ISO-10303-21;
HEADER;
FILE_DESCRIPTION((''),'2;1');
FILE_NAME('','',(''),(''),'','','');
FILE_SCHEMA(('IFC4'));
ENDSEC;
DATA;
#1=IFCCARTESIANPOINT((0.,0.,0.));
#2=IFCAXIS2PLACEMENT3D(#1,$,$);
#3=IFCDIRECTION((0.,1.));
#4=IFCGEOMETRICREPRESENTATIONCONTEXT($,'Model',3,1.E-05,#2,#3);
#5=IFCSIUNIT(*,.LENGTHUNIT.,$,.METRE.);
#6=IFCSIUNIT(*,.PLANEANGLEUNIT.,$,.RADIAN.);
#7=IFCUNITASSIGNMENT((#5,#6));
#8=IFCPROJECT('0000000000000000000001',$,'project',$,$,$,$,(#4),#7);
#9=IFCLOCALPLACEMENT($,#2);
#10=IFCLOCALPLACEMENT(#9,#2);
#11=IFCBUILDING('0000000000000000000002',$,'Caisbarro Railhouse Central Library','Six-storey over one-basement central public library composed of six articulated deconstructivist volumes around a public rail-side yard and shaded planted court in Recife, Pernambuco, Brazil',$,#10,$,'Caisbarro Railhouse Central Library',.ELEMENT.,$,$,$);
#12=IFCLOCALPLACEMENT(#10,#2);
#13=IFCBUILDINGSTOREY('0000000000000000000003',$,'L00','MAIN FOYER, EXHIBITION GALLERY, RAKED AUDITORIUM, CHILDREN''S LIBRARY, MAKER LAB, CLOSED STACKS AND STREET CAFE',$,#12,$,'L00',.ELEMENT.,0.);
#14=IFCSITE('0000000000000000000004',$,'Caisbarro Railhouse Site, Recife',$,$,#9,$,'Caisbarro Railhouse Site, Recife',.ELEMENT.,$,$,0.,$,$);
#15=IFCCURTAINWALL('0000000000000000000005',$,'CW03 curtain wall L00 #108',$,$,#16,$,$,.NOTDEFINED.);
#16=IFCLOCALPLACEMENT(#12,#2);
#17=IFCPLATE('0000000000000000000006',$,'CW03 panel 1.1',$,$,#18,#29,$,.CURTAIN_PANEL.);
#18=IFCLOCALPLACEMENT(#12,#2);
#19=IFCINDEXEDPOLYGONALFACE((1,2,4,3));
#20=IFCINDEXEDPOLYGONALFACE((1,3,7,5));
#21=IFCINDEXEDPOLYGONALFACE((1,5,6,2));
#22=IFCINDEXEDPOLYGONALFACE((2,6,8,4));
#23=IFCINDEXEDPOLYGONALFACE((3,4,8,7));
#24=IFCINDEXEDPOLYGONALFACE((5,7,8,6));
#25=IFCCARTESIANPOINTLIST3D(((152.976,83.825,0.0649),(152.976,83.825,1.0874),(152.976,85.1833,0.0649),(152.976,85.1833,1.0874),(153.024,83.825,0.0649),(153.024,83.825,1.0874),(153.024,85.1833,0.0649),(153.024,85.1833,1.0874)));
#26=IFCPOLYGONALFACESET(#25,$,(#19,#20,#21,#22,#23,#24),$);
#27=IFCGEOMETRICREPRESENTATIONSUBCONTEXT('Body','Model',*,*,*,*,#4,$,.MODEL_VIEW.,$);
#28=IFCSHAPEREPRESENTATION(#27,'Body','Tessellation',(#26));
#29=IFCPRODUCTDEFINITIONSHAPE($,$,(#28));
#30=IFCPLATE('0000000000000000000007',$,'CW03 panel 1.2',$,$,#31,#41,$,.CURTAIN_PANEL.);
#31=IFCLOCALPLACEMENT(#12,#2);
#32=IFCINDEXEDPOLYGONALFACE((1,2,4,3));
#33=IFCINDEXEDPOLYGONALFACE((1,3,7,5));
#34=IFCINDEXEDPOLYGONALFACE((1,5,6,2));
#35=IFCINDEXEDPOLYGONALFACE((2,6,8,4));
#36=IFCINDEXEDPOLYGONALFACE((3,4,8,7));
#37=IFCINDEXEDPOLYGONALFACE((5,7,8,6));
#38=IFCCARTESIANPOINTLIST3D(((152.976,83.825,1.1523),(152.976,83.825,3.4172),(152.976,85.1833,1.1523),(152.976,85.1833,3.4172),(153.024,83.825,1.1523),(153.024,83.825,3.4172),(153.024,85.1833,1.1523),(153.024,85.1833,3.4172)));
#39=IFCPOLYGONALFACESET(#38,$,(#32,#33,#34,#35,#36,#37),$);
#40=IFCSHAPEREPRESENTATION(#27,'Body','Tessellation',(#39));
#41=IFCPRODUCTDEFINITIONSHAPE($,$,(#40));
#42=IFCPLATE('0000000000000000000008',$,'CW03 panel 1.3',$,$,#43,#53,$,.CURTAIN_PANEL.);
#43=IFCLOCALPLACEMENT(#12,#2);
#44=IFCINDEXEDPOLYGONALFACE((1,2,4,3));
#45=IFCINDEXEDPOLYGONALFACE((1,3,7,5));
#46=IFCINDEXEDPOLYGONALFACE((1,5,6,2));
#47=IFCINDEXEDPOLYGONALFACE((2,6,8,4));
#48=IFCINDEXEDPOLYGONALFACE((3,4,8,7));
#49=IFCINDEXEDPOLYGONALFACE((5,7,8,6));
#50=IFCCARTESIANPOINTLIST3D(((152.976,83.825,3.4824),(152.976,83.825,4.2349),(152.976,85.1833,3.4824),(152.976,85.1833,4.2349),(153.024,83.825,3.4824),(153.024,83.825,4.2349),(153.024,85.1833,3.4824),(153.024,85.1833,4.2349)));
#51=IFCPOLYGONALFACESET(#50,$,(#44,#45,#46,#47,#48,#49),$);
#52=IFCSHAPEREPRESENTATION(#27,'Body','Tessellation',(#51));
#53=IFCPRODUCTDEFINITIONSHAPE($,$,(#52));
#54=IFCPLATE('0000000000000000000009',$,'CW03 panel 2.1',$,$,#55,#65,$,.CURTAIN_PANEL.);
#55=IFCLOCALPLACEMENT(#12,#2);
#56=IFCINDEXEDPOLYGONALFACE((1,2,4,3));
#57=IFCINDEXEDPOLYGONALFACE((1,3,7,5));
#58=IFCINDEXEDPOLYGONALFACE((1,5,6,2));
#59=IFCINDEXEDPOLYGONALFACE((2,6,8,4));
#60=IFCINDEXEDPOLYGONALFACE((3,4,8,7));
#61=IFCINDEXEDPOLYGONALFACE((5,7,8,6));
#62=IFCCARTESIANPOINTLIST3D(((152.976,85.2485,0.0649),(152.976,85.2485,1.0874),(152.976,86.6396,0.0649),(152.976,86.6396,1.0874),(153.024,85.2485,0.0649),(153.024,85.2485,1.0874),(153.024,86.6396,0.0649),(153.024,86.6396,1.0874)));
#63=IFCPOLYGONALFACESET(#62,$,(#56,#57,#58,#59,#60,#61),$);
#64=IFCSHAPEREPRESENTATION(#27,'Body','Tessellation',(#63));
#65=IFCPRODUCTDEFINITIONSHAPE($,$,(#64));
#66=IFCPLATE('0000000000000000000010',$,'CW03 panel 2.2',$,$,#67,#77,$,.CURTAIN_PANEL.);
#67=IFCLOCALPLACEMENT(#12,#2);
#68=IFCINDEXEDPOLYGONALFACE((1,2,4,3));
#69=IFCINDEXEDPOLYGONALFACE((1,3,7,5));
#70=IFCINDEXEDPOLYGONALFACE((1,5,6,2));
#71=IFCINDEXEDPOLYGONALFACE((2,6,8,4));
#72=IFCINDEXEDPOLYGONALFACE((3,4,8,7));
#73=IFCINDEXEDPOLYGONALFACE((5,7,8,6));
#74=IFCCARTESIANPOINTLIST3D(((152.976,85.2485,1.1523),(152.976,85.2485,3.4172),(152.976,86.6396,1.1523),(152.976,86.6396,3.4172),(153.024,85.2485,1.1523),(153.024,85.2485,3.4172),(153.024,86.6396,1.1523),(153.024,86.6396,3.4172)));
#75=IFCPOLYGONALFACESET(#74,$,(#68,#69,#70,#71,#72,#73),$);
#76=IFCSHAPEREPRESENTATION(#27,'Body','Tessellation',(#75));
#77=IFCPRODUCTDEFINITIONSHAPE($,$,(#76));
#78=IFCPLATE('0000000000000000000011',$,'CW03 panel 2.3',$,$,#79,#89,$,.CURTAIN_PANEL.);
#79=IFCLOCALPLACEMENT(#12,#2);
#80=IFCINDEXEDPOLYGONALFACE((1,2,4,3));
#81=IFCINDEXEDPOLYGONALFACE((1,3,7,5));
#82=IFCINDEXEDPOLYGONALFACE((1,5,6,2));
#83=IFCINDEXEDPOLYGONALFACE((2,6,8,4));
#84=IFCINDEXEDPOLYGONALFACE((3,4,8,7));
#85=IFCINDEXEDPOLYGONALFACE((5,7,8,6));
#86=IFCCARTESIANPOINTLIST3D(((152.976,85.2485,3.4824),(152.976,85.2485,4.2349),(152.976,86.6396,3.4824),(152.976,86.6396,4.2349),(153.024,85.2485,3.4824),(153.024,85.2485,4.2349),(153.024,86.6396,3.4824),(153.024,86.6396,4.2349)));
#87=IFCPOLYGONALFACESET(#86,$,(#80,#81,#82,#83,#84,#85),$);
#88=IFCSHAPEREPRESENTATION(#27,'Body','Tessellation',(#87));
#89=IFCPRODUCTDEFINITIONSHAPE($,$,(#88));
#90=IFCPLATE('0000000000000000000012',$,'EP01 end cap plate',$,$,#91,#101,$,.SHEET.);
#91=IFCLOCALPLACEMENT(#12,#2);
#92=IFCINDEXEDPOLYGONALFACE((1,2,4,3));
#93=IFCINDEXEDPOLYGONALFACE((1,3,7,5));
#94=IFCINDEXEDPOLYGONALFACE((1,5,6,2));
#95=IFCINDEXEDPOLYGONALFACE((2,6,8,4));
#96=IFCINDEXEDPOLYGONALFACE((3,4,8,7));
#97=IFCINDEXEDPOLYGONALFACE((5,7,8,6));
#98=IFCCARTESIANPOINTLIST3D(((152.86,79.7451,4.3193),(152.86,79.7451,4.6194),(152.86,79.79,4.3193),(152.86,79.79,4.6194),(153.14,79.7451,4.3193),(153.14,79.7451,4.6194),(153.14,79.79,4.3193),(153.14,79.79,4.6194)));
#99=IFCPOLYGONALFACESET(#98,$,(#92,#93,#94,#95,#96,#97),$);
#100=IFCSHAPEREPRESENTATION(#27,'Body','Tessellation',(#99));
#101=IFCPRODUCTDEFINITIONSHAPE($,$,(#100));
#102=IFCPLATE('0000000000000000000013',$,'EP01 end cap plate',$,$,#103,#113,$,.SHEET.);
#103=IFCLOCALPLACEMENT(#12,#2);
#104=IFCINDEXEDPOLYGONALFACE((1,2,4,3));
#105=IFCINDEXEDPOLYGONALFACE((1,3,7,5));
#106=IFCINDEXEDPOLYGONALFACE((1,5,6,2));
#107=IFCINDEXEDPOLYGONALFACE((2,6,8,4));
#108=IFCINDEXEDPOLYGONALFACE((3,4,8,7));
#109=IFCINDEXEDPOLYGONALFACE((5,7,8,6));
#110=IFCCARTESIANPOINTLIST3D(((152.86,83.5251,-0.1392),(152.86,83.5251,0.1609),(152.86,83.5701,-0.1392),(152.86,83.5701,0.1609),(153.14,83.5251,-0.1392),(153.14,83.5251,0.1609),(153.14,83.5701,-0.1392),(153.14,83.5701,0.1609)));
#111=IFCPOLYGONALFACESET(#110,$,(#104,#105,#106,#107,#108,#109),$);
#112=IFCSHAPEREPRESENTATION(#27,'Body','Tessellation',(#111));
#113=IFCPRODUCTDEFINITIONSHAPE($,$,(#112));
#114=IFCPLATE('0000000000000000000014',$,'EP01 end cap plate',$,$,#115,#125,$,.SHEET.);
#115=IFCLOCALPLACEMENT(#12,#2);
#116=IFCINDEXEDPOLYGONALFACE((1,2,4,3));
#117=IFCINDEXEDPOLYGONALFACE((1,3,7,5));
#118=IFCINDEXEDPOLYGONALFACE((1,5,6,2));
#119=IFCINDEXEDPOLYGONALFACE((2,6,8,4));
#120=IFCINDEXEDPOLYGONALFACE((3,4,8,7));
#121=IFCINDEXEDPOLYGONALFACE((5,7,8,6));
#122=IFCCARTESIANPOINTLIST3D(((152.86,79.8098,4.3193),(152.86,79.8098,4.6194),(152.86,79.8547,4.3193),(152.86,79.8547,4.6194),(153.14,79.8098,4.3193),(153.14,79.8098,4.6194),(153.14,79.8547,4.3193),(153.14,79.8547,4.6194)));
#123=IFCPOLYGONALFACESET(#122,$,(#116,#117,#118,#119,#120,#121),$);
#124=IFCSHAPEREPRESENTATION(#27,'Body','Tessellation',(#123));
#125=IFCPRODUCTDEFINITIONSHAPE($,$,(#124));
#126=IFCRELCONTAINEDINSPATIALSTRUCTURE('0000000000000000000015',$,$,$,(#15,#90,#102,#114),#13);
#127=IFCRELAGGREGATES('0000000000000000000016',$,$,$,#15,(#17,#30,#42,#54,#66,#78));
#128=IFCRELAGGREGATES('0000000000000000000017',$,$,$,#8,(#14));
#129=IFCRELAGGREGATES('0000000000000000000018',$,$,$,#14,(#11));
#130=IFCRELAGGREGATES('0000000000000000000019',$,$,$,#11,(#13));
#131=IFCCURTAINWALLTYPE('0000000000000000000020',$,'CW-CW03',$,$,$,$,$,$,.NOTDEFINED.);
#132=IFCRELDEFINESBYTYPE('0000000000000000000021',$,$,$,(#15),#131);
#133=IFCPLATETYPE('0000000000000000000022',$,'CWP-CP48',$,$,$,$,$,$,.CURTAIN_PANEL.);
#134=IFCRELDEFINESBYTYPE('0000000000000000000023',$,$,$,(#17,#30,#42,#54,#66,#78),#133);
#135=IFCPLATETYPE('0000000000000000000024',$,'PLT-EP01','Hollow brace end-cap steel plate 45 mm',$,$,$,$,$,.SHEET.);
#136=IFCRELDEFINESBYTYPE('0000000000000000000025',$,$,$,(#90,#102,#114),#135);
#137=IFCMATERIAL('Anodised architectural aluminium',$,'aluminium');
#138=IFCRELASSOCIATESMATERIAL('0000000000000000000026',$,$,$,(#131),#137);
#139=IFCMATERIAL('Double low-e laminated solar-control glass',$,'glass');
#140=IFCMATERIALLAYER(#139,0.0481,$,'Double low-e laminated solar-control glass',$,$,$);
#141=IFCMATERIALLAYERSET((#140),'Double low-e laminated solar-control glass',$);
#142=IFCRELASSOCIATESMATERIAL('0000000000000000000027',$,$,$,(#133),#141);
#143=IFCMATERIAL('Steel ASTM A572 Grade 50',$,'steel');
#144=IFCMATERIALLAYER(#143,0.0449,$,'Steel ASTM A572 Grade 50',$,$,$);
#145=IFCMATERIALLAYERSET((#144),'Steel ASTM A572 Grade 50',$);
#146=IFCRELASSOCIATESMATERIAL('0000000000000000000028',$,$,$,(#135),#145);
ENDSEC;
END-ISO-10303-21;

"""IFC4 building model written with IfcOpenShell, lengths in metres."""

from ifc_helpers import new_model, si_unit, direction, frame, origin, origin_2d, place, context, subcontext, project, spatial, rectangle, extrude, material, layer, layer_set, type_object, element, aggregate, save


model = new_model("IFC4")

# Units and contexts
model_context = context("Model", 3, precision=1e-05, world=origin(), true_north=direction((0.0, 1.0)))
body_context = subcontext(model_context, "Body", "Model", "MODEL_VIEW")
ifc_project = project(units=[si_unit("LENGTHUNIT", "METRE"), si_unit("PLANEANGLEUNIT", "RADIAN")], contexts=[model_context])

# Site, building, storey
site_placement = place(None, origin())
site = spatial("IfcSite", under=ifc_project, at=site_placement, Name="Caisbarro Railhouse Site, Recife", LongName="Caisbarro Railhouse Site, Recife", CompositionType="ELEMENT", RefElevation=0.0)
building_placement = place(site_placement, origin())
building = spatial("IfcBuilding", under=site, at=building_placement, Name="Caisbarro Railhouse Central Library", Description="Six-storey over one-basement central public library composed of six articulated deconstructivist volumes around a public rail-side yard and shaded planted court in Recife, Pernambuco, Brazil", LongName="Caisbarro Railhouse Central Library", CompositionType="ELEMENT")
storey_placement = place(building_placement, origin())
storey = spatial("IfcBuildingStorey", under=building, at=storey_placement, Name="L00", Description="MAIN FOYER, EXHIBITION GALLERY, RAKED AUDITORIUM, CHILDREN'S LIBRARY, MAKER LAB, CLOSED STACKS AND STREET CAFE", LongName="L00", CompositionType="ELEMENT", Elevation=0.0)

# Shared definitions
ifc_material_1 = material(Name="Steel ASTM A572 Grade 50", Category="steel")

# Curtain wall
ifc_material_2 = material(Name="Anodised architectural aluminium", Category="aluminium")
curtain_wall_type = type_object("IfcCurtainWallType", Name="CW-CW03", PredefinedType="NOTDEFINED", material=ifc_material_2)
curtain_wall_placement = place(storey_placement, origin())
curtain_wall = element("IfcCurtainWall", 1, at=curtain_wall_placement, inside=storey, type_object=curtain_wall_type, Name="CW03 curtain wall L00 #108", PredefinedType="NOTDEFINED")

# Plates
ifc_material_3 = material(Name="Double low-e laminated solar-control glass", Category="glass")
ifc_layer_1 = layer(ifc_material_3, 0.0481, Name="Double low-e laminated solar-control glass")
ifc_layer_set_1 = layer_set([ifc_layer_1], Name="Double low-e laminated solar-control glass")
plate_type_1 = type_object("IfcPlateType", Name="CWP-CP48", PredefinedType="CURTAIN_PANEL", material=ifc_layer_set_1)
plate_1_placement = place(storey_placement, frame((153.0, 84.5042, 0.0649), z_axis=(0.0, 0.0, 1.0), x_axis=(0.0, 1.0, 0.0)))
plate_1 = element("IfcPlate", 2, at=plate_1_placement, type_object=plate_type_1, Name="CW03 panel 1.1", PredefinedType="CURTAIN_PANEL", context=body_context, shape_type="SweptSolid", body=[
    extrude(rectangle(XDim=1.3584, YDim=0.0481, at=origin_2d()), origin(), (0.0, 0.0, 1.0), 1.0225),
])
plate_2_placement = place(storey_placement, frame((153.0, 84.5042, 1.1523), z_axis=(0.0, 0.0, 1.0), x_axis=(0.0, 1.0, 0.0)))
plate_2 = element("IfcPlate", 3, at=plate_2_placement, type_object=plate_type_1, Name="CW03 panel 1.2", PredefinedType="CURTAIN_PANEL", context=body_context, shape_type="SweptSolid", body=[
    extrude(rectangle(XDim=1.3584, YDim=0.0481, at=origin_2d()), origin(), (0.0, 0.0, 1.0), 2.2649),
])
plate_3_placement = place(storey_placement, frame((153.0, 84.5042, 3.4824), z_axis=(0.0, 0.0, 1.0), x_axis=(0.0, 1.0, 0.0)))
plate_3 = element("IfcPlate", 4, at=plate_3_placement, type_object=plate_type_1, Name="CW03 panel 1.3", PredefinedType="CURTAIN_PANEL", context=body_context, shape_type="SweptSolid", body=[
    extrude(rectangle(XDim=1.3584, YDim=0.0481, at=origin_2d()), origin(), (0.0, 0.0, 1.0), 0.7524),
])
plate_4_placement = place(storey_placement, frame((153.0, 85.9441, 0.0649), z_axis=(0.0, 0.0, 1.0), x_axis=(0.0, 1.0, 0.0)))
plate_4 = element("IfcPlate", 5, at=plate_4_placement, type_object=plate_type_1, Name="CW03 panel 2.1", PredefinedType="CURTAIN_PANEL", context=body_context, shape_type="SweptSolid", body=[
    extrude(rectangle(XDim=1.3911, YDim=0.0481, at=origin_2d()), origin(), (0.0, 0.0, 1.0), 1.0225),
])
plate_5_placement = place(storey_placement, frame((153.0, 85.9441, 1.1523), z_axis=(0.0, 0.0, 1.0), x_axis=(0.0, 1.0, 0.0)))
plate_5 = element("IfcPlate", 6, at=plate_5_placement, type_object=plate_type_1, Name="CW03 panel 2.2", PredefinedType="CURTAIN_PANEL", context=body_context, shape_type="SweptSolid", body=[
    extrude(rectangle(XDim=1.3911, YDim=0.0481, at=origin_2d()), origin(), (0.0, 0.0, 1.0), 2.2649),
])
plate_6_placement = place(storey_placement, frame((153.0, 85.9441, 3.4824), z_axis=(0.0, 0.0, 1.0), x_axis=(0.0, 1.0, 0.0)))
plate_6 = element("IfcPlate", 7, at=plate_6_placement, type_object=plate_type_1, Name="CW03 panel 2.3", PredefinedType="CURTAIN_PANEL", context=body_context, shape_type="SweptSolid", body=[
    extrude(rectangle(XDim=1.3911, YDim=0.0481, at=origin_2d()), origin(), (0.0, 0.0, 1.0), 0.7524),
])
aggregate(curtain_wall, [plate_1, plate_2, plate_3, plate_4, plate_5, plate_6])

# Plates
ifc_layer_2 = layer(ifc_material_1, 0.0449, Name="Steel ASTM A572 Grade 50")
ifc_layer_set_2 = layer_set([ifc_layer_2], Name="Steel ASTM A572 Grade 50")
plate_type_2 = type_object("IfcPlateType", Name="PLT-EP01", Description="Hollow brace end-cap steel plate 45 mm", PredefinedType="SHEET", material=ifc_layer_set_2)
for number, where, z_axis, x_axis, name in (
    (8, (153.0, 79.7676, 4.3193), (0.0, 0.0, 1.0), (0.0, 1.0, 0.0), "EP01 end cap plate"),
    (9, (153.0, 83.5476, -0.1392), (0.0, 0.0, 1.0), (0.0, -1.0, 0.0), "EP01 end cap plate"),
    (10, (153.0, 79.8323, 4.3193), (0.0, 0.0, 1.0), (0.0, -1.0, 0.0), "EP01 end cap plate"),
):
    element("IfcPlate", number, at=place(storey_placement, frame(where, z_axis=z_axis, x_axis=x_axis)), inside=storey, type_object=plate_type_2, Name=name, PredefinedType="SHEET", context=body_context, shape_type="SweptSolid", body=[
        extrude(rectangle(XDim=0.0449, YDim=0.28, at=origin_2d()), origin(), (0.0, 0.0, 1.0), 0.3),
    ])

save(model, "model.ifc")
